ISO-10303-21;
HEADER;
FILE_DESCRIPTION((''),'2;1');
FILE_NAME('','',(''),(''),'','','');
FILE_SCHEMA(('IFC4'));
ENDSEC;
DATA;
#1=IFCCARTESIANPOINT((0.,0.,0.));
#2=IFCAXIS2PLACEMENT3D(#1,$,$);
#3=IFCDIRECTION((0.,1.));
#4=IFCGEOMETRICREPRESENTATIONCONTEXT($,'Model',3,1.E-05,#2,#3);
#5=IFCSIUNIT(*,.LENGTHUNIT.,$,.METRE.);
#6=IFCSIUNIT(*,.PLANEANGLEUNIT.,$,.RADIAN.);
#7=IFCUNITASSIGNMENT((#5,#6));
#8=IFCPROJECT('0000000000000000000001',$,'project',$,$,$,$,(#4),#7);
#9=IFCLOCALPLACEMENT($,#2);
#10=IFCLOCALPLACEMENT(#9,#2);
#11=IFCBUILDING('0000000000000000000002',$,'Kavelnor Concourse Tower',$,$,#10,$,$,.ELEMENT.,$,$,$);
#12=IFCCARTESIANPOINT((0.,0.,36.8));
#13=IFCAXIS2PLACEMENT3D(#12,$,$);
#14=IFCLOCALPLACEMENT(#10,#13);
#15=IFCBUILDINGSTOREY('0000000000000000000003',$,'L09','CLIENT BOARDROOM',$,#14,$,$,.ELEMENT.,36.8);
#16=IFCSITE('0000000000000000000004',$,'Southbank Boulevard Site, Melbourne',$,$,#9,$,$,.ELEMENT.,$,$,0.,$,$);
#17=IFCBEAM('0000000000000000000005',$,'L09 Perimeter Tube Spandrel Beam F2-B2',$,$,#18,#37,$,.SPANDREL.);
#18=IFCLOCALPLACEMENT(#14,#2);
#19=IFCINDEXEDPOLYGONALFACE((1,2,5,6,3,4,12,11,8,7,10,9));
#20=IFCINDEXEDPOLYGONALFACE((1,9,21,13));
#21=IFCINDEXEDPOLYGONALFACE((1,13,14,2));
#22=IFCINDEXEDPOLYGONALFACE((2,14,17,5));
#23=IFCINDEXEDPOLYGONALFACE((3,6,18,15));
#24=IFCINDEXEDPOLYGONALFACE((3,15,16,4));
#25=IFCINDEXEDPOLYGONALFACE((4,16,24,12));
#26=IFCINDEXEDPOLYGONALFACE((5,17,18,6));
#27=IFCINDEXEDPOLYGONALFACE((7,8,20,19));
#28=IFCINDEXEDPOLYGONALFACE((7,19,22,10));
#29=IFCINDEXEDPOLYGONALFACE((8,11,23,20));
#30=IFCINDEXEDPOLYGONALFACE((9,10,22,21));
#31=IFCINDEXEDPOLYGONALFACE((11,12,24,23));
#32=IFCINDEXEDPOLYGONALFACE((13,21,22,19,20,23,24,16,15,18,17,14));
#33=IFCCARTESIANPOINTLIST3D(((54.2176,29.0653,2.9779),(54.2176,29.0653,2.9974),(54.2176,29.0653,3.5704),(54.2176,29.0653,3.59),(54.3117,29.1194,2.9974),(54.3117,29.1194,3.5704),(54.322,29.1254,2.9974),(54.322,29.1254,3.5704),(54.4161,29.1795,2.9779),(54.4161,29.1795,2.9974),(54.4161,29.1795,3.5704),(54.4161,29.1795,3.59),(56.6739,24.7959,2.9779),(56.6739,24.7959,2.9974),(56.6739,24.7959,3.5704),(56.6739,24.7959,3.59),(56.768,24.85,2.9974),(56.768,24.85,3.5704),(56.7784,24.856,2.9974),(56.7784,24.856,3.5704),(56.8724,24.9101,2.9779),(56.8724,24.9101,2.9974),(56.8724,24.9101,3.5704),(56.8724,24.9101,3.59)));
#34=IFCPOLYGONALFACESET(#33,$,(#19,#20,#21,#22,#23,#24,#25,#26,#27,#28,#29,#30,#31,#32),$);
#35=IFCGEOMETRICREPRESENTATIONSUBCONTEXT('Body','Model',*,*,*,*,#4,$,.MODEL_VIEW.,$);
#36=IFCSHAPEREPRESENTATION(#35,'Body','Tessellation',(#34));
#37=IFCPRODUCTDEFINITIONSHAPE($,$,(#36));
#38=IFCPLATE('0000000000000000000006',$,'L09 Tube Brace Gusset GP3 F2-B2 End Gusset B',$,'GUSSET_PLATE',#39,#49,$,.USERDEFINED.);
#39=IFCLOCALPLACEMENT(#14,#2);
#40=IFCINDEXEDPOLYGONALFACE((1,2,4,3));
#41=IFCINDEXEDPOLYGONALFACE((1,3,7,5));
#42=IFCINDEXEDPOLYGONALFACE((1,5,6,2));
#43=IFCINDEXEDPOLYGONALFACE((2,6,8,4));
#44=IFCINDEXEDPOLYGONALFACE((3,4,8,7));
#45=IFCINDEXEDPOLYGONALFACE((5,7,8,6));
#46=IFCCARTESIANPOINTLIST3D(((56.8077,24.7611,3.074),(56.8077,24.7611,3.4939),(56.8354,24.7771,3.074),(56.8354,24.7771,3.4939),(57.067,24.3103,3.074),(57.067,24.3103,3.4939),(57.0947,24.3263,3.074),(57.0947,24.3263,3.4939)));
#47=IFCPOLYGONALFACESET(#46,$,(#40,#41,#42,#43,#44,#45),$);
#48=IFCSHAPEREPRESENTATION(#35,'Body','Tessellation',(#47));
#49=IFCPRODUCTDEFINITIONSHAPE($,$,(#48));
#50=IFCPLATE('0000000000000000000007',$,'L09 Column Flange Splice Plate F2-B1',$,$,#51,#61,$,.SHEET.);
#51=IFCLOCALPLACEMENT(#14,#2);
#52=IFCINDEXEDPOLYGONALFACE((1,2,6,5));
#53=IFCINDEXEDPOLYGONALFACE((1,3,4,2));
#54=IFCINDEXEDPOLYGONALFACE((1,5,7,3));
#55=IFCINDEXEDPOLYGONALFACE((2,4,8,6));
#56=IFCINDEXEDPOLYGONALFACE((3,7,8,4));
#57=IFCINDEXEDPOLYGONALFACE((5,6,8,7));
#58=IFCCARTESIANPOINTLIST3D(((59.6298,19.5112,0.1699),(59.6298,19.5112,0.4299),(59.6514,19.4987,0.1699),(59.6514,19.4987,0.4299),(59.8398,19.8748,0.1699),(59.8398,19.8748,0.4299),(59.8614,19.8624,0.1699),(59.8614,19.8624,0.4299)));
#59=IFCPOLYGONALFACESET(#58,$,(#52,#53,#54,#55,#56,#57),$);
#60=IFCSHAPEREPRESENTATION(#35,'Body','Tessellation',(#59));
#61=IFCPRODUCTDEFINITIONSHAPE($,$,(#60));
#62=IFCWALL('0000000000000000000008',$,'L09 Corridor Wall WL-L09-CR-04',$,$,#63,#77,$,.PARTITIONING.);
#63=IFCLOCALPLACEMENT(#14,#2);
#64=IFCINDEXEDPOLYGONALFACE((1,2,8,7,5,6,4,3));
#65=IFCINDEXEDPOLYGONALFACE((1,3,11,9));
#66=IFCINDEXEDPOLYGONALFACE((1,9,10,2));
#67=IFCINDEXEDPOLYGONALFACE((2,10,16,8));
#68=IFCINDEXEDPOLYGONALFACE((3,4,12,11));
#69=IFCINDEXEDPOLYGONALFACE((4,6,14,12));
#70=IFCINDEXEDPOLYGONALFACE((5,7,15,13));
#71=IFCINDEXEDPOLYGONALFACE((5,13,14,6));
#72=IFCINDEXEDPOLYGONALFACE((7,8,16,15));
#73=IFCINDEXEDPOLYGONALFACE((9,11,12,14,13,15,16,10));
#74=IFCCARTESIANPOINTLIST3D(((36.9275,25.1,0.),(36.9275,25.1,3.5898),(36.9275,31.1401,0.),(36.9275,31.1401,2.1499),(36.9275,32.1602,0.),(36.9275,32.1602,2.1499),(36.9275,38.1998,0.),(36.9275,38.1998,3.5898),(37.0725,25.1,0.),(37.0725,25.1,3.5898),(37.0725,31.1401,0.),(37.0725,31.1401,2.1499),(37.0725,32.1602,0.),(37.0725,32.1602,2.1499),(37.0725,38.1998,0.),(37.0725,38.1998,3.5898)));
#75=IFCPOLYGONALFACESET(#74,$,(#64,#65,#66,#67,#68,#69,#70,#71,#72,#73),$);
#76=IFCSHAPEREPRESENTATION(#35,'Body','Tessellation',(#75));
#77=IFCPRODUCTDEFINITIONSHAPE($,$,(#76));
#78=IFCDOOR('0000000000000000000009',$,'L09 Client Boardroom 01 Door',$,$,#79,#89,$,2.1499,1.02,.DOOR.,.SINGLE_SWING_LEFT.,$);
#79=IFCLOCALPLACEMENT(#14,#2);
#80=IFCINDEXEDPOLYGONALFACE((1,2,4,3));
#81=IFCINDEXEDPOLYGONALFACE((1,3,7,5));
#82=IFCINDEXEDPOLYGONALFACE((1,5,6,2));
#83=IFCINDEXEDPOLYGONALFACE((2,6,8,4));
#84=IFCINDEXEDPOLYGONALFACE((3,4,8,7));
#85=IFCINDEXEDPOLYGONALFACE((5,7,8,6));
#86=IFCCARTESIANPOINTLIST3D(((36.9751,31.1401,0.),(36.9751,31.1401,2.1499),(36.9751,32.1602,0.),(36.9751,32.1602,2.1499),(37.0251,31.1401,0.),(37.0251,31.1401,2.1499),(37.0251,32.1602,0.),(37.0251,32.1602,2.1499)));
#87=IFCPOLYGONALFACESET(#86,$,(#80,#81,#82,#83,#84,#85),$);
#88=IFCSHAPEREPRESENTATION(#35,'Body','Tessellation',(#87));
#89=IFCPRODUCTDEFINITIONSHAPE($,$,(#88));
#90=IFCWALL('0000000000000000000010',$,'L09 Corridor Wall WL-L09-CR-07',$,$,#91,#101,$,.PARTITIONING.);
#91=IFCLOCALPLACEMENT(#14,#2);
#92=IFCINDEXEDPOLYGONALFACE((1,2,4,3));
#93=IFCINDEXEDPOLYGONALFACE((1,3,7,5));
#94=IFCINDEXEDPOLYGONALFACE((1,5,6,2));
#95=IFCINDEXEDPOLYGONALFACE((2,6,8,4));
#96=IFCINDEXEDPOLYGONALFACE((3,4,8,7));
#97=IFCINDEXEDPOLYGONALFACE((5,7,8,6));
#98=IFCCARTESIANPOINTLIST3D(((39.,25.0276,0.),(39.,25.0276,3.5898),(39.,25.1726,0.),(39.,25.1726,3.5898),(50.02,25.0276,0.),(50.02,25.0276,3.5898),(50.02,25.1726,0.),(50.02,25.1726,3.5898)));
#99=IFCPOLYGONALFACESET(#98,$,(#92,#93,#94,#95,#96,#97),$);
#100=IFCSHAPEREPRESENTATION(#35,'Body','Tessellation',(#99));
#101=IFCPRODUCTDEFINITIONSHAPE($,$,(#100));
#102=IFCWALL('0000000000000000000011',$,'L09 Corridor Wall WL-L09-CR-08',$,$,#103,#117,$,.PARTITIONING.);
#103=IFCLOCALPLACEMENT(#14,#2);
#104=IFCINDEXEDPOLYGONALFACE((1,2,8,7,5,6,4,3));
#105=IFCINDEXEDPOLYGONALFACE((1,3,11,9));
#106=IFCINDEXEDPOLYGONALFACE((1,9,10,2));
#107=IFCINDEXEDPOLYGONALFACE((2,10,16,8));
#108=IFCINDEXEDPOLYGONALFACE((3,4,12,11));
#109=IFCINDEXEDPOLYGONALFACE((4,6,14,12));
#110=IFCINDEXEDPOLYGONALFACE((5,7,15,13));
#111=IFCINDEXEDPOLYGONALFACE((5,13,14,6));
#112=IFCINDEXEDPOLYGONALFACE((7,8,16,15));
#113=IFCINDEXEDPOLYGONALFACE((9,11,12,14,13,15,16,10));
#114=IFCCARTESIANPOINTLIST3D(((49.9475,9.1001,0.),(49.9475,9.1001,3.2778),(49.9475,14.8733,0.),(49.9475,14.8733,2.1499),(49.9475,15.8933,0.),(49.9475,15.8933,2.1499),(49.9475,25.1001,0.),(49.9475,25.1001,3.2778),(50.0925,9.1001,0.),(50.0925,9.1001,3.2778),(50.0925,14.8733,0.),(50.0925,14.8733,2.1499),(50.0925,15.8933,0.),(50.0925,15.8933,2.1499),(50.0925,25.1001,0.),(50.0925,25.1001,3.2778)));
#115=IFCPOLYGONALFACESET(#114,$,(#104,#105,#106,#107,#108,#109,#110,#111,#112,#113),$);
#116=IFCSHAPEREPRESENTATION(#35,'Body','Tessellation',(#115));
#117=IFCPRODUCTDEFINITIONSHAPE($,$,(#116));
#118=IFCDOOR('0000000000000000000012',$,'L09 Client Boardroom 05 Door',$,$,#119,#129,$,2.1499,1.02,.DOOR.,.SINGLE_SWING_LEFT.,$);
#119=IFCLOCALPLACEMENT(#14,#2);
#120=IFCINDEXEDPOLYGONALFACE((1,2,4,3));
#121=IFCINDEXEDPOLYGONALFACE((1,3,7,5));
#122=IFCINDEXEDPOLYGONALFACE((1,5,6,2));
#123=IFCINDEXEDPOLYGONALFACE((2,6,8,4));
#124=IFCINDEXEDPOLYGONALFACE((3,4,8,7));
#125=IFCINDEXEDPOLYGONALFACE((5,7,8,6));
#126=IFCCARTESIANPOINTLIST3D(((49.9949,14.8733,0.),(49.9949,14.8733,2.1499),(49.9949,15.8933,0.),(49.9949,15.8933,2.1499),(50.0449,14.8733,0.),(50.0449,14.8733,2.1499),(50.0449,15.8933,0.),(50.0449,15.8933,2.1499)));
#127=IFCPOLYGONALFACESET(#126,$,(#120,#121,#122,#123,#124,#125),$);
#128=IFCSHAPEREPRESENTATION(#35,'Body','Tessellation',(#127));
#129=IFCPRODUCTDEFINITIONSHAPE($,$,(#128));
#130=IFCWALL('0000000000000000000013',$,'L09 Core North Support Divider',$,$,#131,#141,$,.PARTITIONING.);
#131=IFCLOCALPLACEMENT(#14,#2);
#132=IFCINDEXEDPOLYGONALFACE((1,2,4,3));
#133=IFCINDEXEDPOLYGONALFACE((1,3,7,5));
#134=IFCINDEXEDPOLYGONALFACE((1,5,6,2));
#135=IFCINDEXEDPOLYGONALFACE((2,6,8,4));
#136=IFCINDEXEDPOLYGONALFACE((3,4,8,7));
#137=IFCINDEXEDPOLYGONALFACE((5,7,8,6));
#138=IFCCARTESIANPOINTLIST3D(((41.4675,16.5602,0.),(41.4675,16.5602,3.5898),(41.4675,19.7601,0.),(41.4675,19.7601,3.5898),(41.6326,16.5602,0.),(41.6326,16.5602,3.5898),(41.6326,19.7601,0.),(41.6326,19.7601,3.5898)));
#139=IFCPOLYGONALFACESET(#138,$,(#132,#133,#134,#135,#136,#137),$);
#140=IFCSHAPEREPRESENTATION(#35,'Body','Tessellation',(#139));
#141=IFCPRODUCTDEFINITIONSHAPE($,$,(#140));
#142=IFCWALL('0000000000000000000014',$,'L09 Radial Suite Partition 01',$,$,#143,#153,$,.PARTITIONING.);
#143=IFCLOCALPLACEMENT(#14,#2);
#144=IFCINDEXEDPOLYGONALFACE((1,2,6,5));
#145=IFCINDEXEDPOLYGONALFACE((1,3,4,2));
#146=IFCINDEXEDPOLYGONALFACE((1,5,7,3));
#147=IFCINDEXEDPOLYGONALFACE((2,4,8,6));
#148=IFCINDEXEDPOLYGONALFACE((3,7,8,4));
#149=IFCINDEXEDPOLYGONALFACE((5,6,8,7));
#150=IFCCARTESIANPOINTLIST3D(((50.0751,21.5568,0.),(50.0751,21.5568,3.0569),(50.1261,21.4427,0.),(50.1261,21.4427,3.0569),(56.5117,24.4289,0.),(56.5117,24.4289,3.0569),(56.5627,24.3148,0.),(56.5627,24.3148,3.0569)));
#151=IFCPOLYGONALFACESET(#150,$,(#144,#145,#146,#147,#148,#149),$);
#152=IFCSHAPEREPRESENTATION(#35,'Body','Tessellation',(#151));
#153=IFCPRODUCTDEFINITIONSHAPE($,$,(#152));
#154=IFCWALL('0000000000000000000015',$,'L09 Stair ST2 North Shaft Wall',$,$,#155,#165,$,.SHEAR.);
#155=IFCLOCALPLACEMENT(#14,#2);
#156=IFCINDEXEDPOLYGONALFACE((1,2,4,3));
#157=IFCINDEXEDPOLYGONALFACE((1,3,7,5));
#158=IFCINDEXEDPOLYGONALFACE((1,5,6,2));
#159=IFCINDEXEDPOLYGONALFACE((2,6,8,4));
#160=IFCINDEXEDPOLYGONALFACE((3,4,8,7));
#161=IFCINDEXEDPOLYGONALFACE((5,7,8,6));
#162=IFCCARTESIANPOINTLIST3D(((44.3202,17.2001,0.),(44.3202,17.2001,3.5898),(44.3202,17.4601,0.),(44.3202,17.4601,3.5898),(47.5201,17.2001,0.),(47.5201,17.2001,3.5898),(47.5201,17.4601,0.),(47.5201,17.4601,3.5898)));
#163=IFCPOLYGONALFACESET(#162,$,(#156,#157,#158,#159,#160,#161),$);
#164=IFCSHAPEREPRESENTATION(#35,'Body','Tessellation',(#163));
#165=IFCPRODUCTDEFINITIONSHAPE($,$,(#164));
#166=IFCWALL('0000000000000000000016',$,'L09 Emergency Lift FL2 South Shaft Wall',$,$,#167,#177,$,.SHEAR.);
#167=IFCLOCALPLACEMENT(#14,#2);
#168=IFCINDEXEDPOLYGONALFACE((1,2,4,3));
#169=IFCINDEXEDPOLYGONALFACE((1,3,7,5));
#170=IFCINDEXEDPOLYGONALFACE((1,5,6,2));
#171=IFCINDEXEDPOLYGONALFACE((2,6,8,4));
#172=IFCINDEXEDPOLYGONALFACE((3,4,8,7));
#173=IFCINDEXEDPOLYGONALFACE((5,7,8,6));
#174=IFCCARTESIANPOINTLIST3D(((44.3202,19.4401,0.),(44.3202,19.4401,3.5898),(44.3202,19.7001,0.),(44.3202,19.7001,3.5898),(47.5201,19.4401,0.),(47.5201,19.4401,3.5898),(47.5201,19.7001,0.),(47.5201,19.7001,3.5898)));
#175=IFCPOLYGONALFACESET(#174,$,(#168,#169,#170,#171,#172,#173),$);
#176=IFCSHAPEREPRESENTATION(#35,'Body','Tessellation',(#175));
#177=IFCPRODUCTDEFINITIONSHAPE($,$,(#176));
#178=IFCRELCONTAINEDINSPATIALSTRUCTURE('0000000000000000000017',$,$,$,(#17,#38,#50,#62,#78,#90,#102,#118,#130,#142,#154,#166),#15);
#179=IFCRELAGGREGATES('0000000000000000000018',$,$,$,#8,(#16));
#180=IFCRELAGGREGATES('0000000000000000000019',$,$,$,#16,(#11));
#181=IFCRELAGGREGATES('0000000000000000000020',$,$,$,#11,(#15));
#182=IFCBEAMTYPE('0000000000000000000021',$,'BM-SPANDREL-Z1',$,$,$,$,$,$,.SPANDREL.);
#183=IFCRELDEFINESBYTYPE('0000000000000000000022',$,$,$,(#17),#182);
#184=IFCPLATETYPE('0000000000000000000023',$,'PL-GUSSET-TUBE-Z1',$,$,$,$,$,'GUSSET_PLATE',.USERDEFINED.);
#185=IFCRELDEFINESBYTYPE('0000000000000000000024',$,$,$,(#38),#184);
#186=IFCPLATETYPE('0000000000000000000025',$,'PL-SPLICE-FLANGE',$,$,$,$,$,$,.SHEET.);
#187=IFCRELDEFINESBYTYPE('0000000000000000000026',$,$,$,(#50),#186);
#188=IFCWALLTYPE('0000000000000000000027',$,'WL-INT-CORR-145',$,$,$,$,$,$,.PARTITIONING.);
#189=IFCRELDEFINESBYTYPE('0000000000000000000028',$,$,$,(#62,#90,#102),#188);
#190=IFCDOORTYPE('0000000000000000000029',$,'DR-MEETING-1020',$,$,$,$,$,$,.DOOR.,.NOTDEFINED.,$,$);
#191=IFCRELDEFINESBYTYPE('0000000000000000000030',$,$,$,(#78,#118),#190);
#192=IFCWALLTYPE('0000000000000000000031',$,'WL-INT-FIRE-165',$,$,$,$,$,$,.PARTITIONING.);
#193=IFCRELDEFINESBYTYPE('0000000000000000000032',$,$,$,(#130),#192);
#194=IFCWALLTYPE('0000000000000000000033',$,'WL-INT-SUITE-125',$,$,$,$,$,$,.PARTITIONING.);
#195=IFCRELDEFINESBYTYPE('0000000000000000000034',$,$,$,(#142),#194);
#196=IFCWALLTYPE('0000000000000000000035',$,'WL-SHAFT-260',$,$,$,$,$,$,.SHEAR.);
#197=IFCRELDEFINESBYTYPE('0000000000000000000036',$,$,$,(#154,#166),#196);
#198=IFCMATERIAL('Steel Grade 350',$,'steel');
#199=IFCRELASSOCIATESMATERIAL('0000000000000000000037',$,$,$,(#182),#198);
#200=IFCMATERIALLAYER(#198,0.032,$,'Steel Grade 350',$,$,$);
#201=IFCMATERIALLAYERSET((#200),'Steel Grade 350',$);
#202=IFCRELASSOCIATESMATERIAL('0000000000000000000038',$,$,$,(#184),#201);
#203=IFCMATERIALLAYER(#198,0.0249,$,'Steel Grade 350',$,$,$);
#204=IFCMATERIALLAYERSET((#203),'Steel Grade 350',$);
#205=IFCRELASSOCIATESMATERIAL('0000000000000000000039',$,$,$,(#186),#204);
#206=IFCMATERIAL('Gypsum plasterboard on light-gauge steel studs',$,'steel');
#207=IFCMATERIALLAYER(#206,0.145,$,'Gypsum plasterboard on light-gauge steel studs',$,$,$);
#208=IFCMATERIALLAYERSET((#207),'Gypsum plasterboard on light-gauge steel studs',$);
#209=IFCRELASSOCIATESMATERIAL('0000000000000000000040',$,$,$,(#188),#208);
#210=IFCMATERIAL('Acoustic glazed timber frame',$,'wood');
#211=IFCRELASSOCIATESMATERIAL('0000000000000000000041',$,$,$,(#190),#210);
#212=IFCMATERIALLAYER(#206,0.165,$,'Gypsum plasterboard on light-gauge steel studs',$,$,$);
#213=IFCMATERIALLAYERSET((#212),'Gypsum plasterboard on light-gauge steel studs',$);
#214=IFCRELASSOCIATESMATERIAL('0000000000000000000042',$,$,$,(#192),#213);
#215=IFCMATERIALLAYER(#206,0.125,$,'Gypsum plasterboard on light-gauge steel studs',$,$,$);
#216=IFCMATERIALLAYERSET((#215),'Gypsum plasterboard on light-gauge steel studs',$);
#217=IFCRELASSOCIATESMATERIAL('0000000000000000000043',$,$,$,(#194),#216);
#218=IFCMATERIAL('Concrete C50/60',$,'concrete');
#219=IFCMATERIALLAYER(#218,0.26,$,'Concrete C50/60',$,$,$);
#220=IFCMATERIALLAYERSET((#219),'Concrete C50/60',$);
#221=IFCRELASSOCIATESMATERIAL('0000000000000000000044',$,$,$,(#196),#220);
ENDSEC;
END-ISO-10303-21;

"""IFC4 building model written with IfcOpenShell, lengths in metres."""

from ifc_helpers import new_model, si_unit, direction, frame, frame_2d, origin, origin_2d, place, context, subcontext, project, spatial, rectangle, i_section, extrude, material, layer, layer_set, material_profile, profile_set, type_object, element, fill, save


model = new_model("IFC4")

# Units and contexts
model_context = context("Model", 3, precision=1e-05, world=origin(), true_north=direction((0.0, 1.0)))
body_context = subcontext(model_context, "Body", "Model", "MODEL_VIEW")
ifc_project = project(units=[si_unit("LENGTHUNIT", "METRE"), si_unit("PLANEANGLEUNIT", "RADIAN")], contexts=[model_context])

# Site, building, storey
site_placement = place(None, origin())
site = spatial("IfcSite", under=ifc_project, at=site_placement, Name="Southbank Boulevard Site, Melbourne", CompositionType="ELEMENT", RefElevation=0.0)
building_placement = place(site_placement, origin())
building = spatial("IfcBuilding", under=site, at=building_placement, Name="Kavelnor Concourse Tower", CompositionType="ELEMENT")
storey_placement = place(building_placement, frame((0.0, 0.0, 36.8)))
storey = spatial("IfcBuildingStorey", under=building, at=storey_placement, Name="L09", Description="CLIENT BOARDROOM", CompositionType="ELEMENT", Elevation=36.8)

# Shared definitions
ifc_material_1 = material(Name="Steel Grade 350", Category="steel")

# Beam
ifc_material_profile_1 = material_profile(ifc_material_1, i_section(OverallWidth=0.229, OverallDepth=0.6121, WebThickness=0.012, FlangeThickness=0.0195, at=origin_2d()), Name="610UB125")
ifc_profile_set_1 = profile_set([ifc_material_profile_1], Name="Steel Grade 350")
beam_type_1 = type_object("IfcBeamType", Name="BM-SPANDREL-Z1", PredefinedType="SPANDREL", material=ifc_profile_set_1)
beam_1_placement = place(storey_placement, frame((56.7732, 24.853, 3.2839), z_axis=(-0.498694, 0.866778, 0.0), x_axis=(-0.866778, -0.498694, 0.0)))
element("IfcBeam", 1, at=beam_1_placement, inside=storey, type_object=beam_type_1, Name="L09 Perimeter Tube Spandrel Beam F2-B2", PredefinedType="SPANDREL", context=body_context, shape_type="SweptSolid", body=[
    extrude(i_section(OverallWidth=0.229, OverallDepth=0.6121, WebThickness=0.012, FlangeThickness=0.0195, at=origin_2d()), origin(), (0.0, 0.0, 1.0), 4.9255),
])

# Plates
ifc_layer_1 = layer(ifc_material_1, 0.032, Name="Steel Grade 350")
ifc_layer_set_1 = layer_set([ifc_layer_1], Name="Steel Grade 350")
plate_type_1 = type_object("IfcPlateType", Name="PL-GUSSET-TUBE-Z1", ElementType="GUSSET_PLATE", PredefinedType="USERDEFINED", material=ifc_layer_set_1)
plate_1_placement = place(storey_placement, frame((56.9512, 24.5437, 3.074), z_axis=(0.0, 0.0, 1.0), x_axis=(0.498639, -0.86681, 0.0)))
element("IfcPlate", 2, at=plate_1_placement, inside=storey, type_object=plate_type_1, Name="L09 Tube Brace Gusset GP3 F2-B2 End Gusset B", ObjectType="GUSSET_PLATE", PredefinedType="USERDEFINED", context=body_context, shape_type="SweptSolid", body=[
    extrude(rectangle(XDim=0.52, YDim=0.032, at=origin_2d()), origin(), (0.0, 0.0, 1.0), 0.4199),
])
ifc_layer_2 = layer(ifc_material_1, 0.0249, Name="Steel Grade 350")
ifc_layer_set_2 = layer_set([ifc_layer_2], Name="Steel Grade 350")
plate_type_2 = type_object("IfcPlateType", Name="PL-SPLICE-FLANGE", PredefinedType="SHEET", material=ifc_layer_set_2)
plate_2_placement = place(storey_placement, frame((59.7456, 19.6868, 0.1699), z_axis=(0.0, 0.0, 1.0), x_axis=(-0.5, -0.866025, 0.0)))
element("IfcPlate", 3, at=plate_2_placement, inside=storey, type_object=plate_type_2, Name="L09 Column Flange Splice Plate F2-B1", PredefinedType="SHEET", context=body_context, shape_type="SweptSolid", body=[
    extrude(rectangle(XDim=0.4199, YDim=0.0249, at=origin_2d()), origin(), (0.0, 0.0, 1.0), 0.26),
])

# Wall, opening, door
ifc_material_2 = material(Name="Gypsum plasterboard on light-gauge steel studs", Category="steel")
ifc_layer_3 = layer(ifc_material_2, 0.145, Name="Gypsum plasterboard on light-gauge steel studs")
ifc_layer_set_3 = layer_set([ifc_layer_3], Name="Gypsum plasterboard on light-gauge steel studs")
wall_type_1 = type_object("IfcWallType", Name="WL-INT-CORR-145", PredefinedType="PARTITIONING", material=ifc_layer_set_3)
wall_1_placement = place(storey_placement, frame((37.0, 25.1001, 0.0), z_axis=(0.0, 0.0, 1.0), x_axis=(0.0, 1.0, 0.0)))
wall_1 = element("IfcWall", 4, at=wall_1_placement, inside=storey, type_object=wall_type_1, Name="L09 Corridor Wall WL-L09-CR-04", PredefinedType="PARTITIONING", context=body_context, shape_type="SweptSolid", body=[
    extrude(rectangle(XDim=13.0999, YDim=0.145, at=frame_2d((6.5498, 0.0))), origin(), (0.0, 0.0, 1.0), 3.5898),
])
opening_1_placement = place(wall_1_placement, frame((6.04, 0.0, 0.0)))
opening_1 = element("IfcOpeningElement", 5, at=opening_1_placement, cuts=wall_1, PredefinedType="OPENING", context=body_context, shape_type="SweptSolid", body=[
    extrude(rectangle(XDim=1.02, YDim=2.1499, at=frame_2d((0.51, 1.075))), frame((0.0, 0.0825, 0.0), z_axis=(0.0, -1.0, 0.0), x_axis=(1.0, 0.0, 0.0)), (0.0, 0.0, 1.0), 0.165),
])
ifc_material_3 = material(Name="Acoustic glazed timber frame", Category="wood")
door_type = type_object("IfcDoorType", Name="DR-MEETING-1020", OperationType="NOTDEFINED", PredefinedType="DOOR", material=ifc_material_3)
door_1_placement = place(opening_1_placement, origin())
door_1 = element("IfcDoor", 6, at=door_1_placement, inside=storey, type_object=door_type, Name="L09 Client Boardroom 01 Door", OperationType="SINGLE_SWING_LEFT", OverallHeight=2.1499, OverallWidth=1.02, PredefinedType="DOOR", context=body_context, shape_type="SweptSolid", body=[
    extrude(rectangle(XDim=1.02, YDim=2.1499, at=frame_2d((0.51, 1.075))), frame((0.0, 0.0249, 0.0), z_axis=(0.0, -1.0, 0.0), x_axis=(1.0, 0.0, 0.0)), (0.0, 0.0, 1.0), 0.05),
])
fill(opening_1, door_1)

# Wall
wall_2_placement = place(storey_placement, frame((39.0, 25.1001, 0.0), z_axis=(0.0, 0.0, 1.0), x_axis=(1.0, 0.0, 0.0)))
element("IfcWall", 7, at=wall_2_placement, inside=storey, type_object=wall_type_1, Name="L09 Corridor Wall WL-L09-CR-07", PredefinedType="PARTITIONING", context=body_context, shape_type="SweptSolid", body=[
    extrude(rectangle(XDim=11.02, YDim=0.145, at=frame_2d((5.51, 0.0))), origin(), (0.0, 0.0, 1.0), 3.5898),
])

# Wall, opening, door
wall_3_placement = place(storey_placement, frame((50.02, 25.1001, 0.0), z_axis=(0.0, 0.0, 1.0), x_axis=(0.0, -1.0, 0.0)))
wall_3 = element("IfcWall", 8, at=wall_3_placement, inside=storey, type_object=wall_type_1, Name="L09 Corridor Wall WL-L09-CR-08", PredefinedType="PARTITIONING", context=body_context, shape_type="SweptSolid", body=[
    extrude(rectangle(XDim=16.0, YDim=0.145, at=frame_2d((8.0, 0.0))), origin(), (0.0, 0.0, 1.0), 3.2778),
])
opening_2_placement = place(wall_3_placement, frame((9.2068, 0.0, 0.0)))
opening_2 = element("IfcOpeningElement", 9, at=opening_2_placement, cuts=wall_3, PredefinedType="OPENING", context=body_context, shape_type="SweptSolid", body=[
    extrude(rectangle(XDim=1.02, YDim=2.1499, at=frame_2d((0.51, 1.075))), frame((0.0, 0.0825, 0.0), z_axis=(0.0, -1.0, 0.0), x_axis=(1.0, 0.0, 0.0)), (0.0, 0.0, 1.0), 0.165),
])
door_2_placement = place(opening_2_placement, origin())
door_2 = element("IfcDoor", 10, at=door_2_placement, inside=storey, type_object=door_type, Name="L09 Client Boardroom 05 Door", OperationType="SINGLE_SWING_LEFT", OverallHeight=2.1499, OverallWidth=1.02, PredefinedType="DOOR", context=body_context, shape_type="SweptSolid", body=[
    extrude(rectangle(XDim=1.02, YDim=2.1499, at=frame_2d((0.51, 1.075))), frame((0.0, 0.0249, 0.0), z_axis=(0.0, -1.0, 0.0), x_axis=(1.0, 0.0, 0.0)), (0.0, 0.0, 1.0), 0.05),
])
fill(opening_2, door_2)

# Walls
ifc_layer_4 = layer(ifc_material_2, 0.165, Name="Gypsum plasterboard on light-gauge steel studs")
ifc_layer_set_4 = layer_set([ifc_layer_4], Name="Gypsum plasterboard on light-gauge steel studs")
wall_type_2 = type_object("IfcWallType", Name="WL-INT-FIRE-165", PredefinedType="PARTITIONING", material=ifc_layer_set_4)
wall_4_placement = place(storey_placement, frame((41.55, 16.5601, 0.0), z_axis=(0.0, 0.0, 1.0), x_axis=(0.0, 1.0, 0.0)))
element("IfcWall", 11, at=wall_4_placement, inside=storey, type_object=wall_type_2, Name="L09 Core North Support Divider", PredefinedType="PARTITIONING", context=body_context, shape_type="SweptSolid", body=[
    extrude(rectangle(XDim=3.2, YDim=0.165, at=frame_2d((1.6001, 0.0))), origin(), (0.0, 0.0, 1.0), 3.5898),
])
ifc_layer_5 = layer(ifc_material_2, 0.125, Name="Gypsum plasterboard on light-gauge steel studs")
ifc_layer_set_5 = layer_set([ifc_layer_5], Name="Gypsum plasterboard on light-gauge steel studs")
wall_type_3 = type_object("IfcWallType", Name="WL-INT-SUITE-125", PredefinedType="PARTITIONING", material=ifc_layer_set_5)
wall_5_placement = place(storey_placement, frame((50.1006, 21.4998, 0.0), z_axis=(0.0, 0.0, 1.0), x_axis=(0.913211, 0.407488, 0.0)))
element("IfcWall", 12, at=wall_5_placement, inside=storey, type_object=wall_type_3, Name="L09 Radial Suite Partition 01", PredefinedType="PARTITIONING", context=body_context, shape_type="SweptSolid", body=[
    extrude(rectangle(XDim=7.0483, YDim=0.125, at=frame_2d((3.5242, 0.0))), origin(), (0.0, 0.0, 1.0), 3.0569),
])
ifc_material_4 = material(Name="Concrete C50/60", Category="concrete")
ifc_layer_6 = layer(ifc_material_4, 0.26, Name="Concrete C50/60")
ifc_layer_set_6 = layer_set([ifc_layer_6], Name="Concrete C50/60")
wall_type_4 = type_object("IfcWallType", Name="WL-SHAFT-260", PredefinedType="SHEAR", material=ifc_layer_set_6)
for number, where, z_axis, x_axis, name in (
    (13, (44.3201, 17.3301, 0.0), (0.0, 0.0, 1.0), (1.0, 0.0, 0.0), "L09 Stair ST2 North Shaft Wall"),
    (14, (44.3201, 19.5701, 0.0), (0.0, 0.0, 1.0), (1.0, 0.0, 0.0), "L09 Emergency Lift FL2 South Shaft Wall"),
):
    element("IfcWall", number, at=place(storey_placement, frame(where, z_axis=z_axis, x_axis=x_axis)), inside=storey, type_object=wall_type_4, Name=name, PredefinedType="SHEAR", context=body_context, shape_type="SweptSolid", body=[
        extrude(rectangle(XDim=3.2, YDim=0.26, at=frame_2d((1.6001, 0.0))), origin(), (0.0, 0.0, 1.0), 3.5898),
    ])

save(model, "model.ifc")
